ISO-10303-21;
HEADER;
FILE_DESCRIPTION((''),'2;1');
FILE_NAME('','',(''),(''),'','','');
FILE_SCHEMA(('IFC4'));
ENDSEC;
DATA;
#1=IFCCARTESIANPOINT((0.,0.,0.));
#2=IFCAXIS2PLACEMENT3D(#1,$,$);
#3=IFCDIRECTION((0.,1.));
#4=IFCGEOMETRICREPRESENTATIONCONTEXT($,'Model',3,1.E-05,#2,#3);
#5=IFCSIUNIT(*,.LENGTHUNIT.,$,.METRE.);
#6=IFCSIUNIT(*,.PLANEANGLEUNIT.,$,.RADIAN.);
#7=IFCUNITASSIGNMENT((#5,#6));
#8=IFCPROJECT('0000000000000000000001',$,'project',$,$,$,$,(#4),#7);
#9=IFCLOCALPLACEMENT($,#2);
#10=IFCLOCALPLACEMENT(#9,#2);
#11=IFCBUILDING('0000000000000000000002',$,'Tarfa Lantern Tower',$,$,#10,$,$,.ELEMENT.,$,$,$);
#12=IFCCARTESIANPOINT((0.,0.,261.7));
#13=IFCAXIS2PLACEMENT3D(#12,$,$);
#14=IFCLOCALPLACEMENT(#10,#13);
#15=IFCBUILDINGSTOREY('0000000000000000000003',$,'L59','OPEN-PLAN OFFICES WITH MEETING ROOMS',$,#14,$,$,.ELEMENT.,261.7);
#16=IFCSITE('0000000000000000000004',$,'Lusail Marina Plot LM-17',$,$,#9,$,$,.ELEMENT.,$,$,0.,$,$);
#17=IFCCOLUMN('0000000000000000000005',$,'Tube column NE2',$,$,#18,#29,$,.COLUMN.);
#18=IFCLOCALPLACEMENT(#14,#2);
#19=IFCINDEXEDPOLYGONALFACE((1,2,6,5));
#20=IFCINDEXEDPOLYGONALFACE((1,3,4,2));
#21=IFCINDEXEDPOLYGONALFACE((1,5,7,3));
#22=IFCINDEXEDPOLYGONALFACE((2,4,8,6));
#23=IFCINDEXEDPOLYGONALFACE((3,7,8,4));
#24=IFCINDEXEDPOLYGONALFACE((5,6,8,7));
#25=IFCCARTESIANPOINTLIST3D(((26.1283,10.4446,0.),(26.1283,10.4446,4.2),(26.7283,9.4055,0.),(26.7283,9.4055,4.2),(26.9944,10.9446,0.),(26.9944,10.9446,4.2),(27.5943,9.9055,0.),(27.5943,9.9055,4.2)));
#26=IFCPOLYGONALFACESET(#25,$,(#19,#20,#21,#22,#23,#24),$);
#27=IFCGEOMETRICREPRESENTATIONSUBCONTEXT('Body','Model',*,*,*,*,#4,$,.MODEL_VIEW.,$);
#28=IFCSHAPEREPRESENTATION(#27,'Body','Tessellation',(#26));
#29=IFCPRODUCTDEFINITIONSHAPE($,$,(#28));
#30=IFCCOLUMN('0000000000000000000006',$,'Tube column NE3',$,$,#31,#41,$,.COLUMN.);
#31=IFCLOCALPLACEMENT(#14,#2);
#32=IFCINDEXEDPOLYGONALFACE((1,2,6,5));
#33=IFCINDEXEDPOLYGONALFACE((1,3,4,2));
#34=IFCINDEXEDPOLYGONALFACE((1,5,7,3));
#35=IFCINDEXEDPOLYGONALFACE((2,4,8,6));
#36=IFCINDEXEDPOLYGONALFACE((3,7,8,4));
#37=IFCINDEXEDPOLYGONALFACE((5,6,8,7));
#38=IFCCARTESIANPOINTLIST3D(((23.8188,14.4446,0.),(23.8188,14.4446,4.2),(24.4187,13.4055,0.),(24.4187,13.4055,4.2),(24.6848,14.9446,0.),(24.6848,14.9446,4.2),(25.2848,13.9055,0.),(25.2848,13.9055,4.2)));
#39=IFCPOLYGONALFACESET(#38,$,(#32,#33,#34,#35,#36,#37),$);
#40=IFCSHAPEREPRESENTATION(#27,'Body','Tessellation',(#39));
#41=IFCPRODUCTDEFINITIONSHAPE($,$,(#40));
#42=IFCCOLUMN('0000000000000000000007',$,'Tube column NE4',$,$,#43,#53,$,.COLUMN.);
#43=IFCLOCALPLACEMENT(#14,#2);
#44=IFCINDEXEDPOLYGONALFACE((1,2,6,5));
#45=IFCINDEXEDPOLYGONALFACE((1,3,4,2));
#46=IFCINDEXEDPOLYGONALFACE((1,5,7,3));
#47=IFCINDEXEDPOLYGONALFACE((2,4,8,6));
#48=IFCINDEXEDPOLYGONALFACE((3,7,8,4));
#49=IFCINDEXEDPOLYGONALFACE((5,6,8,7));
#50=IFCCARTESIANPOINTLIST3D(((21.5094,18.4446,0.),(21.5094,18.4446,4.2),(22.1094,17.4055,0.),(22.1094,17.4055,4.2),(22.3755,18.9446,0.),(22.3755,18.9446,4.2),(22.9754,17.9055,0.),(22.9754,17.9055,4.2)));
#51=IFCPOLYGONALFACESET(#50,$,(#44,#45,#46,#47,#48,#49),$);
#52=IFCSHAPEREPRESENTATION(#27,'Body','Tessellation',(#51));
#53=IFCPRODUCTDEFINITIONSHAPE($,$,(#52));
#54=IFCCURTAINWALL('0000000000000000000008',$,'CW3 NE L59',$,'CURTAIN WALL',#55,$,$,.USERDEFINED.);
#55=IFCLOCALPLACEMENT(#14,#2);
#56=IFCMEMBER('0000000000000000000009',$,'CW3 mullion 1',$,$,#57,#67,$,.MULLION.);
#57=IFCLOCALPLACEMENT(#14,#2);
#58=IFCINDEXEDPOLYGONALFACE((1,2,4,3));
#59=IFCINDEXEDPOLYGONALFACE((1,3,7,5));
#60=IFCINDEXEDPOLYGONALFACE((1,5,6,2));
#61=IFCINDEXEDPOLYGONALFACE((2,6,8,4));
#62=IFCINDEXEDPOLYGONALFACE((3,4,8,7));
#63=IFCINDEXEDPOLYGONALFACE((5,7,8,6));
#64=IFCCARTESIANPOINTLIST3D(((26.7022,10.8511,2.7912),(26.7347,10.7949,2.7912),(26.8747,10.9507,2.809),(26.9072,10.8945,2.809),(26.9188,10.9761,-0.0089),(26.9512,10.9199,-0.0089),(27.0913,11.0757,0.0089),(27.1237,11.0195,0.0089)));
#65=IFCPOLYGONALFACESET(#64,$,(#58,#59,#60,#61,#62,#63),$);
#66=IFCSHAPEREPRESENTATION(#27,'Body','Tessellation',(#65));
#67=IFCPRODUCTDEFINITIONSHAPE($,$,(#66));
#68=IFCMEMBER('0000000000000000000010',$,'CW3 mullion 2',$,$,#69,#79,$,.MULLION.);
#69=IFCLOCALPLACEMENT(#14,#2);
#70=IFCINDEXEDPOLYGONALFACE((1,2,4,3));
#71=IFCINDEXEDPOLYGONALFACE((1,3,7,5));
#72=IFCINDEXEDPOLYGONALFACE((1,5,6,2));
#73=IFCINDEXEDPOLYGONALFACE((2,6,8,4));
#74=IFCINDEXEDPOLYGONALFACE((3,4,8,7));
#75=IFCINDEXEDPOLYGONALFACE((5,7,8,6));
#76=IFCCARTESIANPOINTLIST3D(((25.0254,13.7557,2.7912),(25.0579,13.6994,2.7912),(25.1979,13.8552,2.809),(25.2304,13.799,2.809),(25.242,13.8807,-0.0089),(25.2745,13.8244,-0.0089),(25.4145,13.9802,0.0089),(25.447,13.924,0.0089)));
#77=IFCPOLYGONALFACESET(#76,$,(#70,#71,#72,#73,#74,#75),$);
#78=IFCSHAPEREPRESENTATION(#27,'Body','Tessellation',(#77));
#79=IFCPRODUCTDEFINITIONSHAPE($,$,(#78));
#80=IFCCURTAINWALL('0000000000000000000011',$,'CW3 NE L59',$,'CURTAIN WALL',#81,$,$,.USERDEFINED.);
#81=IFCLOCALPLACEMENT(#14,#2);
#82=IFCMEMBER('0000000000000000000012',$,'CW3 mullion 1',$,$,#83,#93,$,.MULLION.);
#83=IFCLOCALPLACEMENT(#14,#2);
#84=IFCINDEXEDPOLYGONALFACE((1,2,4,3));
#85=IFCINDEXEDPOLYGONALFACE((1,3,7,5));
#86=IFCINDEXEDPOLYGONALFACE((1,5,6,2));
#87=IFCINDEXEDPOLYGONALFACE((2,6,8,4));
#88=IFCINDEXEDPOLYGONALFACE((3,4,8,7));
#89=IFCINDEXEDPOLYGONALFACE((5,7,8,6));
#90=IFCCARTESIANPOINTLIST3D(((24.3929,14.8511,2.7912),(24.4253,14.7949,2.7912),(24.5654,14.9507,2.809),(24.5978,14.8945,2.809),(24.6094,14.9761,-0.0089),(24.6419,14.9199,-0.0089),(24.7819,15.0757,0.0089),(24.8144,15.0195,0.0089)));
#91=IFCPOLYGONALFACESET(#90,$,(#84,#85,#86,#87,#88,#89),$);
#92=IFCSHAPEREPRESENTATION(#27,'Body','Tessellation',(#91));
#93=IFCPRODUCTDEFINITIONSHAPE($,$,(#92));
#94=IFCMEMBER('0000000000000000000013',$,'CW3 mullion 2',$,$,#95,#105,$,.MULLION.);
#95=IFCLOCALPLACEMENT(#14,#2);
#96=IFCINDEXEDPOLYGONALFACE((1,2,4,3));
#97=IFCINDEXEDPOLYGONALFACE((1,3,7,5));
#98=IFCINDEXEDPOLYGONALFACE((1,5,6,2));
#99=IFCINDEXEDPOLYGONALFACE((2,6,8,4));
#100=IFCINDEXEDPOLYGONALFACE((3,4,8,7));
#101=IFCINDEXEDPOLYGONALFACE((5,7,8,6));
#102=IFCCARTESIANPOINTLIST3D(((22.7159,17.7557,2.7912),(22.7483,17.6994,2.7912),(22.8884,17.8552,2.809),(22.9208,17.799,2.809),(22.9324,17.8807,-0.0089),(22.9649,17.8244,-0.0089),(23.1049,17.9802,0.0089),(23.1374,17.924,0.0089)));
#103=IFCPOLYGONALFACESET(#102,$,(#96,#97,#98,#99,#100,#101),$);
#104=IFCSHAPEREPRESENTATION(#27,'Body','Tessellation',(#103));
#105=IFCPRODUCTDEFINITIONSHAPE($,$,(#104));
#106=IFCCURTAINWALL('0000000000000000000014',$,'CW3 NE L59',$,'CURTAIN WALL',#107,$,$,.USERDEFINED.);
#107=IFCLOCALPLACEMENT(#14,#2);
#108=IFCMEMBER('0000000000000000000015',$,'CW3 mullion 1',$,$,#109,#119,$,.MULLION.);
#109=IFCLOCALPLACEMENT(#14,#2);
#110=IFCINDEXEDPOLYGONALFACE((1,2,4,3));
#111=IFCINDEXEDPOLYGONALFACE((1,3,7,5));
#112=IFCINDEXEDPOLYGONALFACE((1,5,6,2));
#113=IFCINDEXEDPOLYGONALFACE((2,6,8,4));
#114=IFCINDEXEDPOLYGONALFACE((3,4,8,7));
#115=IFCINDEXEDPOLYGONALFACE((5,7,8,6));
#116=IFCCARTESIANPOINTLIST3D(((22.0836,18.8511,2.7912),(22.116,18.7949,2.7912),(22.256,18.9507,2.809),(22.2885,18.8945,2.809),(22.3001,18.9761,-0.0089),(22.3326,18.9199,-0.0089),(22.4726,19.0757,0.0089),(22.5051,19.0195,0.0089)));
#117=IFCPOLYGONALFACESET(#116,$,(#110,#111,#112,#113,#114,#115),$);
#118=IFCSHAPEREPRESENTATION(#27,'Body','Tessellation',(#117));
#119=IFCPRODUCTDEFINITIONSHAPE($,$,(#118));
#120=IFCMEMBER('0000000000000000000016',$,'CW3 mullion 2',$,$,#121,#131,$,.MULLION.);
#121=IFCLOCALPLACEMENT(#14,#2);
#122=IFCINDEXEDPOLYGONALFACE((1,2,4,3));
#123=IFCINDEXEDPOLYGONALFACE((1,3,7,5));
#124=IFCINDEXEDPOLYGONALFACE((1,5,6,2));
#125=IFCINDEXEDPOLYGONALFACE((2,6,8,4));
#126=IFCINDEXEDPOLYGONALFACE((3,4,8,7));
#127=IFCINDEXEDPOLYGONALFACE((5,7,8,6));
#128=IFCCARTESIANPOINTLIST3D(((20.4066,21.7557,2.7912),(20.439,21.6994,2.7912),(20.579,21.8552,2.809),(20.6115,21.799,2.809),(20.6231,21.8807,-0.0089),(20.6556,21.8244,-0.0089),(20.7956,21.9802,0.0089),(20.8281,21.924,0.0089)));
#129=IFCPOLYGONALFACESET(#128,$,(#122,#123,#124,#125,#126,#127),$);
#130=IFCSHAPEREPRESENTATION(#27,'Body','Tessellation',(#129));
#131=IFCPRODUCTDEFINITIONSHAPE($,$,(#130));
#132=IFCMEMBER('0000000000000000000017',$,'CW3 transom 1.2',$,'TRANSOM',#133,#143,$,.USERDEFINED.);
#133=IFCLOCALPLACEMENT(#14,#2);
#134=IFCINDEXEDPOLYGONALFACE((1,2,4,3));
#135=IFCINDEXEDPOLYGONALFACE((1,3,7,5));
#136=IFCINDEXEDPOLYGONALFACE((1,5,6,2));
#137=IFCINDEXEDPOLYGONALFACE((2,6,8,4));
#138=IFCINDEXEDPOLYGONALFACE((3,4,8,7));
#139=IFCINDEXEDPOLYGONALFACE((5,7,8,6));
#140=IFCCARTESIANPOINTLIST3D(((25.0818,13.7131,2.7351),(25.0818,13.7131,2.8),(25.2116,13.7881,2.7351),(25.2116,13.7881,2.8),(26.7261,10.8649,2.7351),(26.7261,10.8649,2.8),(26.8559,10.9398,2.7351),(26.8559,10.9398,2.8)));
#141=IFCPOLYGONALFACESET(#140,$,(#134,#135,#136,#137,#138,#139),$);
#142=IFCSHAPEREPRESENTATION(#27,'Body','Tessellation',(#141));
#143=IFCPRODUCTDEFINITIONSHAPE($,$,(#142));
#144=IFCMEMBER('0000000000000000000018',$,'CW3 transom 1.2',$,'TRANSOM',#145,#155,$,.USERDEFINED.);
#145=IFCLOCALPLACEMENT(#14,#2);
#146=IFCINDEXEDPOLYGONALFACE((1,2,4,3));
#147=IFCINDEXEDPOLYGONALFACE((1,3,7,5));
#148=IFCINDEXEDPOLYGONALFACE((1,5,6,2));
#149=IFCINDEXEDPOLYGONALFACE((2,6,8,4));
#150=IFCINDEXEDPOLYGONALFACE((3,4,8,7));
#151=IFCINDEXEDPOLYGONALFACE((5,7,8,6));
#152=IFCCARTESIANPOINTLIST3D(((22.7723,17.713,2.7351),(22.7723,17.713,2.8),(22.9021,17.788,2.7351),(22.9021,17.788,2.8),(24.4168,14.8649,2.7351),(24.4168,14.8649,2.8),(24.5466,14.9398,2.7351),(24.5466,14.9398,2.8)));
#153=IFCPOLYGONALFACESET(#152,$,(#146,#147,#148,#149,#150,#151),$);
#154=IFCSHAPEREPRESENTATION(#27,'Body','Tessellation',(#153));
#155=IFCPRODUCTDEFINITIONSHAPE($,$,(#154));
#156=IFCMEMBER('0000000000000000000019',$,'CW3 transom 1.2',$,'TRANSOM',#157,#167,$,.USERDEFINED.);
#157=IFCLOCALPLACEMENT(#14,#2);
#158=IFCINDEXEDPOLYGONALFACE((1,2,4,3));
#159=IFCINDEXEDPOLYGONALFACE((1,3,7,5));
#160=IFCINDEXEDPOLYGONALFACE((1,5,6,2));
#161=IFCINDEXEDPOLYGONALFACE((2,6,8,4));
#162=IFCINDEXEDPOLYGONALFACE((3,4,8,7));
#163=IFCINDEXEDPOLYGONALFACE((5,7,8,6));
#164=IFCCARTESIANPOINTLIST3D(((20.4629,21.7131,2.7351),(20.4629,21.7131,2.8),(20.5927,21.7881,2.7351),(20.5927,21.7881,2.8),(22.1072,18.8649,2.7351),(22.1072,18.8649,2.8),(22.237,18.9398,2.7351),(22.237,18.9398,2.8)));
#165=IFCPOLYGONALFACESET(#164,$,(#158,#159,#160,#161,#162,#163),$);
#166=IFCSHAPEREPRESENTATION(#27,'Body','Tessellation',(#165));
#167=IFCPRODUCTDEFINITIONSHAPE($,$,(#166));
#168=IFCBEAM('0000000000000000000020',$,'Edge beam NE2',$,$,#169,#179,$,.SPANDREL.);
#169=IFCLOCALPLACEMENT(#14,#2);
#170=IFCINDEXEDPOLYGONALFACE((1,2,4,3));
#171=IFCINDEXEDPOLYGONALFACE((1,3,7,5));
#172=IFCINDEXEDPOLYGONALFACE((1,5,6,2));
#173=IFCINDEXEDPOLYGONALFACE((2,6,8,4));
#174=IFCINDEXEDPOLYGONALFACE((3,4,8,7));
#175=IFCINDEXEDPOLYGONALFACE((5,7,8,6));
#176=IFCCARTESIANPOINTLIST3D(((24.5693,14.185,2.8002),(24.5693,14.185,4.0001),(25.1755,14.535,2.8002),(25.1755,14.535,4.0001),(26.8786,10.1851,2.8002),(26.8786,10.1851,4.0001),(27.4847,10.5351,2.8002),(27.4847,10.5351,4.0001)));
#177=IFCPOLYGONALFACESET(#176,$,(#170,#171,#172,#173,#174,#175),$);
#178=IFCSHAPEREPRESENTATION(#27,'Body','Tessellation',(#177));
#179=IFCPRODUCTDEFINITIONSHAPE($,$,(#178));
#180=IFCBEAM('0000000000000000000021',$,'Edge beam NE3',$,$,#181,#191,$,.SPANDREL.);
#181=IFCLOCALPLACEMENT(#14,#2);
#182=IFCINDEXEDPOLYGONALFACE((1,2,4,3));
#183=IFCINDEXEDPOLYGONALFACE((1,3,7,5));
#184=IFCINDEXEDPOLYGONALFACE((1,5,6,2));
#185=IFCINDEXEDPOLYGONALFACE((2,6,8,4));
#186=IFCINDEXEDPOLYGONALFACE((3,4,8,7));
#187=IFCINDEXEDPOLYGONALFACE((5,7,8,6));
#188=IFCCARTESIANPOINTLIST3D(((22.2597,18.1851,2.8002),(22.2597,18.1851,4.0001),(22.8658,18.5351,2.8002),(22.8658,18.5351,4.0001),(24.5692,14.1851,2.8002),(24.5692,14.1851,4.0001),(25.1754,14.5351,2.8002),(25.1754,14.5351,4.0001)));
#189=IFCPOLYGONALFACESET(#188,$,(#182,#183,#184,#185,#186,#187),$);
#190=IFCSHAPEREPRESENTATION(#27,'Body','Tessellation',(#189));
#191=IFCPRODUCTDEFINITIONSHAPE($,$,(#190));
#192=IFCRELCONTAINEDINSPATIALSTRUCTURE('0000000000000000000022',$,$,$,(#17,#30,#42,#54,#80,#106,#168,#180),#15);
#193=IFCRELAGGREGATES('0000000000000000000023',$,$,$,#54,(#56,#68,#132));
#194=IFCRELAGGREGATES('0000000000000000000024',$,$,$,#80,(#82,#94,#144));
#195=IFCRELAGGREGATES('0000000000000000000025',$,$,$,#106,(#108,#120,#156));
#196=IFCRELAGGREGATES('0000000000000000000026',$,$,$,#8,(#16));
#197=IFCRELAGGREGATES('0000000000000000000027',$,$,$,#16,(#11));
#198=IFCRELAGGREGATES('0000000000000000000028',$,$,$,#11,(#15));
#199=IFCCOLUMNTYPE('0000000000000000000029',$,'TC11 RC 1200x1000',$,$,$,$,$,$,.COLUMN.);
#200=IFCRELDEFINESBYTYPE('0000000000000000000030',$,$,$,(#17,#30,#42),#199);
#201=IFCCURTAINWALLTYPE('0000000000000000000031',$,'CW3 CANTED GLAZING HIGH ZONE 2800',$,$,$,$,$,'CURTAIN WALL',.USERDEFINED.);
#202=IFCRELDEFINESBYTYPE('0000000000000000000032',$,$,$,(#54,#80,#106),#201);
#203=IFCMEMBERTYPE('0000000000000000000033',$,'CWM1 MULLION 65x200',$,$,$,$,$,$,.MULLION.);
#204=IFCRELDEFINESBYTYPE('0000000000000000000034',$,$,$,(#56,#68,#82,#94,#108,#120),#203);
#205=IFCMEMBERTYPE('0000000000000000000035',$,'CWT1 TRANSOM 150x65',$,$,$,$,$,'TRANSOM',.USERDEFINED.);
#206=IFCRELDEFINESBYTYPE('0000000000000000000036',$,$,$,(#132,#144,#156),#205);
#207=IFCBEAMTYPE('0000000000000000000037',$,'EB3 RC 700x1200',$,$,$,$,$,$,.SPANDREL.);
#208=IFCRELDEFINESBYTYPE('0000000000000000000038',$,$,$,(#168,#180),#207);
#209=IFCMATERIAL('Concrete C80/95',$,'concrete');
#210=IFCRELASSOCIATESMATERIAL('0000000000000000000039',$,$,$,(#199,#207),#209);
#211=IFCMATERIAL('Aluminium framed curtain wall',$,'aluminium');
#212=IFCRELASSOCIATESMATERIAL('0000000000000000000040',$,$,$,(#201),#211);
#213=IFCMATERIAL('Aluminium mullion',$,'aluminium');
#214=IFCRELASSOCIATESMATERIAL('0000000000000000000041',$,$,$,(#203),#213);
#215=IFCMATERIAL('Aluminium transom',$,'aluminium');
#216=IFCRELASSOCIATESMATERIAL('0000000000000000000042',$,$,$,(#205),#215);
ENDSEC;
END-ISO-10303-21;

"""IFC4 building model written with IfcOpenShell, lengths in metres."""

from ifc_helpers import new_model, si_unit, direction, frame, origin, origin_2d, place, context, subcontext, project, spatial, rectangle, extrude, material, material_profile, profile_set, type_object, element, aggregate, save


model = new_model("IFC4")

# Units and contexts
model_context = context("Model", 3, precision=1e-05, world=origin(), true_north=direction((0.0, 1.0)))
body_context = subcontext(model_context, "Body", "Model", "MODEL_VIEW")
ifc_project = project(units=[si_unit("LENGTHUNIT", "METRE"), si_unit("PLANEANGLEUNIT", "RADIAN")], contexts=[model_context])

# Site, building, storey
site_placement = place(None, origin())
site = spatial("IfcSite", under=ifc_project, at=site_placement, Name="Lusail Marina Plot LM-17", CompositionType="ELEMENT", RefElevation=0.0)
building_placement = place(site_placement, origin())
building = spatial("IfcBuilding", under=site, at=building_placement, Name="Tarfa Lantern Tower", CompositionType="ELEMENT")
storey_placement = place(building_placement, frame((0.0, 0.0, 261.7)))
storey = spatial("IfcBuildingStorey", under=building, at=storey_placement, Name="L59", Description="OPEN-PLAN OFFICES WITH MEETING ROOMS", CompositionType="ELEMENT", Elevation=261.7)

# Columns
ifc_material_1 = material(Name="Concrete C80/95", Category="concrete")
ifc_material_profile_1 = material_profile(ifc_material_1, rectangle(XDim=1.2, YDim=1.0, at=origin_2d()), Name="RC 1200x1000")
ifc_profile_set_1 = profile_set([ifc_material_profile_1], Name="Concrete C80/95")
column_type = type_object("IfcColumnType", Name="TC11 RC 1200x1000", PredefinedType="COLUMN", material=ifc_profile_set_1)
for number, where, z_axis, x_axis, name in (
    (1, (26.8613, 10.175, 0.0), (0.0, 0.0, 1.0), (-0.5, 0.866025, 0.0), "Tube column NE2"),
    (2, (24.5518, 14.175, 0.0), (0.0, 0.0, 1.0), (-0.5, 0.866025, 0.0), "Tube column NE3"),
    (3, (22.2424, 18.175, 0.0), (0.0, 0.0, 1.0), (-0.5, 0.866025, 0.0), "Tube column NE4"),
):
    element("IfcColumn", number, at=place(storey_placement, frame(where, z_axis=z_axis, x_axis=x_axis)), inside=storey, type_object=column_type, Name=name, PredefinedType="COLUMN", context=body_context, shape_type="SweptSolid", body=[
        extrude(rectangle(XDim=1.2, YDim=1.0, at=origin_2d()), origin(), (0.0, 0.0, 1.0), 4.2),
    ])

# Curtain walls, members
ifc_material_2 = material(Name="Aluminium framed curtain wall", Category="aluminium")
curtain_wall_type = type_object("IfcCurtainWallType", Name="CW3 CANTED GLAZING HIGH ZONE 2800", ElementType="CURTAIN WALL", PredefinedType="USERDEFINED", material=ifc_material_2)
curtain_wall_1_placement = place(storey_placement, origin())
curtain_wall_1 = element("IfcCurtainWall", 4, at=curtain_wall_1_placement, inside=storey, type_object=curtain_wall_type, Name="CW3 NE L59", ObjectType="CURTAIN WALL", PredefinedType="USERDEFINED")
ifc_material_3 = material(Name="Aluminium mullion", Category="aluminium")
ifc_material_profile_2 = material_profile(ifc_material_3, rectangle(XDim=0.0649, YDim=0.2, at=origin_2d()), Name="AL MULLION 65x200")
ifc_profile_set_2 = profile_set([ifc_material_profile_2], Name="Aluminium mullion")
member_type_1 = type_object("IfcMemberType", Name="CWM1 MULLION 65x200", PredefinedType="MULLION", material=ifc_profile_set_2)
member_1_placement = place(storey_placement, frame((27.0212, 10.9978, 0.0), z_axis=(-0.077032, -0.044465, 0.996037), x_axis=(0.49992, -0.866072, 0.0)))
member_1 = element("IfcMember", 5, at=member_1_placement, type_object=member_type_1, Name="CW3 mullion 1", PredefinedType="MULLION", context=body_context, shape_type="SweptSolid", body=[
    extrude(rectangle(XDim=0.0649, YDim=0.2, at=origin_2d()), origin(), (0.0, 0.0, 1.0), 2.8113),
])
member_2_placement = place(storey_placement, frame((25.3445, 13.9023, 0.0), z_axis=(-0.077032, -0.044465, 0.996037), x_axis=(0.49992, -0.866072, 0.0)))
member_2 = element("IfcMember", 6, at=member_2_placement, type_object=member_type_1, Name="CW3 mullion 2", PredefinedType="MULLION", context=body_context, shape_type="SweptSolid", body=[
    extrude(rectangle(XDim=0.0649, YDim=0.2, at=origin_2d()), origin(), (0.0, 0.0, 1.0), 2.8113),
])
curtain_wall_2_placement = place(storey_placement, origin())
curtain_wall_2 = element("IfcCurtainWall", 7, at=curtain_wall_2_placement, inside=storey, type_object=curtain_wall_type, Name="CW3 NE L59", ObjectType="CURTAIN WALL", PredefinedType="USERDEFINED")
member_3_placement = place(storey_placement, frame((24.7119, 14.9978, 0.0), z_axis=(-0.077032, -0.044465, 0.996037), x_axis=(0.49992, -0.866072, 0.0)))
member_3 = element("IfcMember", 8, at=member_3_placement, type_object=member_type_1, Name="CW3 mullion 1", PredefinedType="MULLION", context=body_context, shape_type="SweptSolid", body=[
    extrude(rectangle(XDim=0.0649, YDim=0.2, at=origin_2d()), origin(), (0.0, 0.0, 1.0), 2.8113),
])
member_4_placement = place(storey_placement, frame((23.0349, 17.9023, 0.0), z_axis=(-0.077032, -0.044465, 0.996037), x_axis=(0.49992, -0.866072, 0.0)))
member_4 = element("IfcMember", 9, at=member_4_placement, type_object=member_type_1, Name="CW3 mullion 2", PredefinedType="MULLION", context=body_context, shape_type="SweptSolid", body=[
    extrude(rectangle(XDim=0.0649, YDim=0.2, at=origin_2d()), origin(), (0.0, 0.0, 1.0), 2.8113),
])
curtain_wall_3_placement = place(storey_placement, origin())
curtain_wall_3 = element("IfcCurtainWall", 10, at=curtain_wall_3_placement, inside=storey, type_object=curtain_wall_type, Name="CW3 NE L59", ObjectType="CURTAIN WALL", PredefinedType="USERDEFINED")
member_5_placement = place(storey_placement, frame((22.4026, 18.9978, 0.0), z_axis=(-0.077032, -0.044465, 0.996037), x_axis=(0.49992, -0.866072, 0.0)))
member_5 = element("IfcMember", 11, at=member_5_placement, type_object=member_type_1, Name="CW3 mullion 1", PredefinedType="MULLION", context=body_context, shape_type="SweptSolid", body=[
    extrude(rectangle(XDim=0.0649, YDim=0.2, at=origin_2d()), origin(), (0.0, 0.0, 1.0), 2.8113),
])
member_6_placement = place(storey_placement, frame((20.7256, 21.9023, 0.0), z_axis=(-0.077032, -0.044465, 0.996037), x_axis=(0.49992, -0.866072, 0.0)))
member_6 = element("IfcMember", 12, at=member_6_placement, type_object=member_type_1, Name="CW3 mullion 2", PredefinedType="MULLION", context=body_context, shape_type="SweptSolid", body=[
    extrude(rectangle(XDim=0.0649, YDim=0.2, at=origin_2d()), origin(), (0.0, 0.0, 1.0), 2.8113),
])

# Members
ifc_material_4 = material(Name="Aluminium transom", Category="aluminium")
ifc_material_profile_3 = material_profile(ifc_material_4, rectangle(XDim=0.1499, YDim=0.0649, at=origin_2d()), Name="AL TRANSOM 150x65")
ifc_profile_set_3 = profile_set([ifc_material_profile_3], Name="Aluminium transom")
member_type_2 = type_object("IfcMemberType", Name="CWT1 TRANSOM 150x65", ElementType="TRANSOM", PredefinedType="USERDEFINED", material=ifc_profile_set_3)
member_7_placement = place(storey_placement, frame((26.791, 10.9023, 2.7676), z_axis=(-0.499979, 0.866037, 0.0), x_axis=(-0.866037, -0.499979, 0.0)))
member_7 = element("IfcMember", 13, at=member_7_placement, type_object=member_type_2, Name="CW3 transom 1.2", ObjectType="TRANSOM", PredefinedType="USERDEFINED", context=body_context, shape_type="SweptSolid", body=[
    extrude(rectangle(XDim=0.1499, YDim=0.0649, at=origin_2d()), origin(), (0.0, 0.0, 1.0), 3.2888),
])
member_8_placement = place(storey_placement, frame((24.4817, 14.9023, 2.7676), z_axis=(-0.500035, 0.866005, 0.0), x_axis=(-0.866005, -0.500035, 0.0)))
member_8 = element("IfcMember", 14, at=member_8_placement, type_object=member_type_2, Name="CW3 transom 1.2", ObjectType="TRANSOM", PredefinedType="USERDEFINED", context=body_context, shape_type="SweptSolid", body=[
    extrude(rectangle(XDim=0.1499, YDim=0.0649, at=origin_2d()), origin(), (0.0, 0.0, 1.0), 3.2888),
])
member_9_placement = place(storey_placement, frame((22.1721, 18.9023, 2.7676), z_axis=(-0.499979, 0.866037, 0.0), x_axis=(-0.866037, -0.499979, 0.0)))
member_9 = element("IfcMember", 15, at=member_9_placement, type_object=member_type_2, Name="CW3 transom 1.2", ObjectType="TRANSOM", PredefinedType="USERDEFINED", context=body_context, shape_type="SweptSolid", body=[
    extrude(rectangle(XDim=0.1499, YDim=0.0649, at=origin_2d()), origin(), (0.0, 0.0, 1.0), 3.2888),
])

# Beams
ifc_material_profile_4 = material_profile(ifc_material_1, rectangle(XDim=0.7, YDim=1.2, at=origin_2d()), Name="RC 700x1200")
ifc_profile_set_4 = profile_set([ifc_material_profile_4], Name="Concrete C80/95")
beam_type_1 = type_object("IfcBeamType", Name="EB3 RC 700x1200", PredefinedType="SPANDREL", material=ifc_profile_set_4)
beam_1_placement = place(storey_placement, frame((27.1816, 10.3601, 3.4001), z_axis=(-0.499988, 0.866032, 0.0), x_axis=(-0.866032, -0.499988, 0.0)))
element("IfcBeam", 16, at=beam_1_placement, inside=storey, type_object=beam_type_1, Name="Edge beam NE2", PredefinedType="SPANDREL", context=body_context, shape_type="SweptSolid", body=[
    extrude(rectangle(XDim=0.7, YDim=1.2, at=origin_2d()), origin(), (0.0, 0.0, 1.0), 4.6187),
])
beam_2_placement = place(storey_placement, frame((24.8723, 14.3601, 3.4001), z_axis=(-0.500027, 0.86601, 0.0), x_axis=(-0.86601, -0.500027, 0.0)))
element("IfcBeam", 17, at=beam_2_placement, inside=storey, type_object=beam_type_1, Name="Edge beam NE3", PredefinedType="SPANDREL", context=body_context, shape_type="SweptSolid", body=[
    extrude(rectangle(XDim=0.7, YDim=1.2, at=origin_2d()), origin(), (0.0, 0.0, 1.0), 4.6189),
])

aggregate(curtain_wall_1, [member_1, member_2, member_7])
aggregate(curtain_wall_2, [member_3, member_4, member_8])
aggregate(curtain_wall_3, [member_5, member_6, member_9])

save(model, "model.ifc")
